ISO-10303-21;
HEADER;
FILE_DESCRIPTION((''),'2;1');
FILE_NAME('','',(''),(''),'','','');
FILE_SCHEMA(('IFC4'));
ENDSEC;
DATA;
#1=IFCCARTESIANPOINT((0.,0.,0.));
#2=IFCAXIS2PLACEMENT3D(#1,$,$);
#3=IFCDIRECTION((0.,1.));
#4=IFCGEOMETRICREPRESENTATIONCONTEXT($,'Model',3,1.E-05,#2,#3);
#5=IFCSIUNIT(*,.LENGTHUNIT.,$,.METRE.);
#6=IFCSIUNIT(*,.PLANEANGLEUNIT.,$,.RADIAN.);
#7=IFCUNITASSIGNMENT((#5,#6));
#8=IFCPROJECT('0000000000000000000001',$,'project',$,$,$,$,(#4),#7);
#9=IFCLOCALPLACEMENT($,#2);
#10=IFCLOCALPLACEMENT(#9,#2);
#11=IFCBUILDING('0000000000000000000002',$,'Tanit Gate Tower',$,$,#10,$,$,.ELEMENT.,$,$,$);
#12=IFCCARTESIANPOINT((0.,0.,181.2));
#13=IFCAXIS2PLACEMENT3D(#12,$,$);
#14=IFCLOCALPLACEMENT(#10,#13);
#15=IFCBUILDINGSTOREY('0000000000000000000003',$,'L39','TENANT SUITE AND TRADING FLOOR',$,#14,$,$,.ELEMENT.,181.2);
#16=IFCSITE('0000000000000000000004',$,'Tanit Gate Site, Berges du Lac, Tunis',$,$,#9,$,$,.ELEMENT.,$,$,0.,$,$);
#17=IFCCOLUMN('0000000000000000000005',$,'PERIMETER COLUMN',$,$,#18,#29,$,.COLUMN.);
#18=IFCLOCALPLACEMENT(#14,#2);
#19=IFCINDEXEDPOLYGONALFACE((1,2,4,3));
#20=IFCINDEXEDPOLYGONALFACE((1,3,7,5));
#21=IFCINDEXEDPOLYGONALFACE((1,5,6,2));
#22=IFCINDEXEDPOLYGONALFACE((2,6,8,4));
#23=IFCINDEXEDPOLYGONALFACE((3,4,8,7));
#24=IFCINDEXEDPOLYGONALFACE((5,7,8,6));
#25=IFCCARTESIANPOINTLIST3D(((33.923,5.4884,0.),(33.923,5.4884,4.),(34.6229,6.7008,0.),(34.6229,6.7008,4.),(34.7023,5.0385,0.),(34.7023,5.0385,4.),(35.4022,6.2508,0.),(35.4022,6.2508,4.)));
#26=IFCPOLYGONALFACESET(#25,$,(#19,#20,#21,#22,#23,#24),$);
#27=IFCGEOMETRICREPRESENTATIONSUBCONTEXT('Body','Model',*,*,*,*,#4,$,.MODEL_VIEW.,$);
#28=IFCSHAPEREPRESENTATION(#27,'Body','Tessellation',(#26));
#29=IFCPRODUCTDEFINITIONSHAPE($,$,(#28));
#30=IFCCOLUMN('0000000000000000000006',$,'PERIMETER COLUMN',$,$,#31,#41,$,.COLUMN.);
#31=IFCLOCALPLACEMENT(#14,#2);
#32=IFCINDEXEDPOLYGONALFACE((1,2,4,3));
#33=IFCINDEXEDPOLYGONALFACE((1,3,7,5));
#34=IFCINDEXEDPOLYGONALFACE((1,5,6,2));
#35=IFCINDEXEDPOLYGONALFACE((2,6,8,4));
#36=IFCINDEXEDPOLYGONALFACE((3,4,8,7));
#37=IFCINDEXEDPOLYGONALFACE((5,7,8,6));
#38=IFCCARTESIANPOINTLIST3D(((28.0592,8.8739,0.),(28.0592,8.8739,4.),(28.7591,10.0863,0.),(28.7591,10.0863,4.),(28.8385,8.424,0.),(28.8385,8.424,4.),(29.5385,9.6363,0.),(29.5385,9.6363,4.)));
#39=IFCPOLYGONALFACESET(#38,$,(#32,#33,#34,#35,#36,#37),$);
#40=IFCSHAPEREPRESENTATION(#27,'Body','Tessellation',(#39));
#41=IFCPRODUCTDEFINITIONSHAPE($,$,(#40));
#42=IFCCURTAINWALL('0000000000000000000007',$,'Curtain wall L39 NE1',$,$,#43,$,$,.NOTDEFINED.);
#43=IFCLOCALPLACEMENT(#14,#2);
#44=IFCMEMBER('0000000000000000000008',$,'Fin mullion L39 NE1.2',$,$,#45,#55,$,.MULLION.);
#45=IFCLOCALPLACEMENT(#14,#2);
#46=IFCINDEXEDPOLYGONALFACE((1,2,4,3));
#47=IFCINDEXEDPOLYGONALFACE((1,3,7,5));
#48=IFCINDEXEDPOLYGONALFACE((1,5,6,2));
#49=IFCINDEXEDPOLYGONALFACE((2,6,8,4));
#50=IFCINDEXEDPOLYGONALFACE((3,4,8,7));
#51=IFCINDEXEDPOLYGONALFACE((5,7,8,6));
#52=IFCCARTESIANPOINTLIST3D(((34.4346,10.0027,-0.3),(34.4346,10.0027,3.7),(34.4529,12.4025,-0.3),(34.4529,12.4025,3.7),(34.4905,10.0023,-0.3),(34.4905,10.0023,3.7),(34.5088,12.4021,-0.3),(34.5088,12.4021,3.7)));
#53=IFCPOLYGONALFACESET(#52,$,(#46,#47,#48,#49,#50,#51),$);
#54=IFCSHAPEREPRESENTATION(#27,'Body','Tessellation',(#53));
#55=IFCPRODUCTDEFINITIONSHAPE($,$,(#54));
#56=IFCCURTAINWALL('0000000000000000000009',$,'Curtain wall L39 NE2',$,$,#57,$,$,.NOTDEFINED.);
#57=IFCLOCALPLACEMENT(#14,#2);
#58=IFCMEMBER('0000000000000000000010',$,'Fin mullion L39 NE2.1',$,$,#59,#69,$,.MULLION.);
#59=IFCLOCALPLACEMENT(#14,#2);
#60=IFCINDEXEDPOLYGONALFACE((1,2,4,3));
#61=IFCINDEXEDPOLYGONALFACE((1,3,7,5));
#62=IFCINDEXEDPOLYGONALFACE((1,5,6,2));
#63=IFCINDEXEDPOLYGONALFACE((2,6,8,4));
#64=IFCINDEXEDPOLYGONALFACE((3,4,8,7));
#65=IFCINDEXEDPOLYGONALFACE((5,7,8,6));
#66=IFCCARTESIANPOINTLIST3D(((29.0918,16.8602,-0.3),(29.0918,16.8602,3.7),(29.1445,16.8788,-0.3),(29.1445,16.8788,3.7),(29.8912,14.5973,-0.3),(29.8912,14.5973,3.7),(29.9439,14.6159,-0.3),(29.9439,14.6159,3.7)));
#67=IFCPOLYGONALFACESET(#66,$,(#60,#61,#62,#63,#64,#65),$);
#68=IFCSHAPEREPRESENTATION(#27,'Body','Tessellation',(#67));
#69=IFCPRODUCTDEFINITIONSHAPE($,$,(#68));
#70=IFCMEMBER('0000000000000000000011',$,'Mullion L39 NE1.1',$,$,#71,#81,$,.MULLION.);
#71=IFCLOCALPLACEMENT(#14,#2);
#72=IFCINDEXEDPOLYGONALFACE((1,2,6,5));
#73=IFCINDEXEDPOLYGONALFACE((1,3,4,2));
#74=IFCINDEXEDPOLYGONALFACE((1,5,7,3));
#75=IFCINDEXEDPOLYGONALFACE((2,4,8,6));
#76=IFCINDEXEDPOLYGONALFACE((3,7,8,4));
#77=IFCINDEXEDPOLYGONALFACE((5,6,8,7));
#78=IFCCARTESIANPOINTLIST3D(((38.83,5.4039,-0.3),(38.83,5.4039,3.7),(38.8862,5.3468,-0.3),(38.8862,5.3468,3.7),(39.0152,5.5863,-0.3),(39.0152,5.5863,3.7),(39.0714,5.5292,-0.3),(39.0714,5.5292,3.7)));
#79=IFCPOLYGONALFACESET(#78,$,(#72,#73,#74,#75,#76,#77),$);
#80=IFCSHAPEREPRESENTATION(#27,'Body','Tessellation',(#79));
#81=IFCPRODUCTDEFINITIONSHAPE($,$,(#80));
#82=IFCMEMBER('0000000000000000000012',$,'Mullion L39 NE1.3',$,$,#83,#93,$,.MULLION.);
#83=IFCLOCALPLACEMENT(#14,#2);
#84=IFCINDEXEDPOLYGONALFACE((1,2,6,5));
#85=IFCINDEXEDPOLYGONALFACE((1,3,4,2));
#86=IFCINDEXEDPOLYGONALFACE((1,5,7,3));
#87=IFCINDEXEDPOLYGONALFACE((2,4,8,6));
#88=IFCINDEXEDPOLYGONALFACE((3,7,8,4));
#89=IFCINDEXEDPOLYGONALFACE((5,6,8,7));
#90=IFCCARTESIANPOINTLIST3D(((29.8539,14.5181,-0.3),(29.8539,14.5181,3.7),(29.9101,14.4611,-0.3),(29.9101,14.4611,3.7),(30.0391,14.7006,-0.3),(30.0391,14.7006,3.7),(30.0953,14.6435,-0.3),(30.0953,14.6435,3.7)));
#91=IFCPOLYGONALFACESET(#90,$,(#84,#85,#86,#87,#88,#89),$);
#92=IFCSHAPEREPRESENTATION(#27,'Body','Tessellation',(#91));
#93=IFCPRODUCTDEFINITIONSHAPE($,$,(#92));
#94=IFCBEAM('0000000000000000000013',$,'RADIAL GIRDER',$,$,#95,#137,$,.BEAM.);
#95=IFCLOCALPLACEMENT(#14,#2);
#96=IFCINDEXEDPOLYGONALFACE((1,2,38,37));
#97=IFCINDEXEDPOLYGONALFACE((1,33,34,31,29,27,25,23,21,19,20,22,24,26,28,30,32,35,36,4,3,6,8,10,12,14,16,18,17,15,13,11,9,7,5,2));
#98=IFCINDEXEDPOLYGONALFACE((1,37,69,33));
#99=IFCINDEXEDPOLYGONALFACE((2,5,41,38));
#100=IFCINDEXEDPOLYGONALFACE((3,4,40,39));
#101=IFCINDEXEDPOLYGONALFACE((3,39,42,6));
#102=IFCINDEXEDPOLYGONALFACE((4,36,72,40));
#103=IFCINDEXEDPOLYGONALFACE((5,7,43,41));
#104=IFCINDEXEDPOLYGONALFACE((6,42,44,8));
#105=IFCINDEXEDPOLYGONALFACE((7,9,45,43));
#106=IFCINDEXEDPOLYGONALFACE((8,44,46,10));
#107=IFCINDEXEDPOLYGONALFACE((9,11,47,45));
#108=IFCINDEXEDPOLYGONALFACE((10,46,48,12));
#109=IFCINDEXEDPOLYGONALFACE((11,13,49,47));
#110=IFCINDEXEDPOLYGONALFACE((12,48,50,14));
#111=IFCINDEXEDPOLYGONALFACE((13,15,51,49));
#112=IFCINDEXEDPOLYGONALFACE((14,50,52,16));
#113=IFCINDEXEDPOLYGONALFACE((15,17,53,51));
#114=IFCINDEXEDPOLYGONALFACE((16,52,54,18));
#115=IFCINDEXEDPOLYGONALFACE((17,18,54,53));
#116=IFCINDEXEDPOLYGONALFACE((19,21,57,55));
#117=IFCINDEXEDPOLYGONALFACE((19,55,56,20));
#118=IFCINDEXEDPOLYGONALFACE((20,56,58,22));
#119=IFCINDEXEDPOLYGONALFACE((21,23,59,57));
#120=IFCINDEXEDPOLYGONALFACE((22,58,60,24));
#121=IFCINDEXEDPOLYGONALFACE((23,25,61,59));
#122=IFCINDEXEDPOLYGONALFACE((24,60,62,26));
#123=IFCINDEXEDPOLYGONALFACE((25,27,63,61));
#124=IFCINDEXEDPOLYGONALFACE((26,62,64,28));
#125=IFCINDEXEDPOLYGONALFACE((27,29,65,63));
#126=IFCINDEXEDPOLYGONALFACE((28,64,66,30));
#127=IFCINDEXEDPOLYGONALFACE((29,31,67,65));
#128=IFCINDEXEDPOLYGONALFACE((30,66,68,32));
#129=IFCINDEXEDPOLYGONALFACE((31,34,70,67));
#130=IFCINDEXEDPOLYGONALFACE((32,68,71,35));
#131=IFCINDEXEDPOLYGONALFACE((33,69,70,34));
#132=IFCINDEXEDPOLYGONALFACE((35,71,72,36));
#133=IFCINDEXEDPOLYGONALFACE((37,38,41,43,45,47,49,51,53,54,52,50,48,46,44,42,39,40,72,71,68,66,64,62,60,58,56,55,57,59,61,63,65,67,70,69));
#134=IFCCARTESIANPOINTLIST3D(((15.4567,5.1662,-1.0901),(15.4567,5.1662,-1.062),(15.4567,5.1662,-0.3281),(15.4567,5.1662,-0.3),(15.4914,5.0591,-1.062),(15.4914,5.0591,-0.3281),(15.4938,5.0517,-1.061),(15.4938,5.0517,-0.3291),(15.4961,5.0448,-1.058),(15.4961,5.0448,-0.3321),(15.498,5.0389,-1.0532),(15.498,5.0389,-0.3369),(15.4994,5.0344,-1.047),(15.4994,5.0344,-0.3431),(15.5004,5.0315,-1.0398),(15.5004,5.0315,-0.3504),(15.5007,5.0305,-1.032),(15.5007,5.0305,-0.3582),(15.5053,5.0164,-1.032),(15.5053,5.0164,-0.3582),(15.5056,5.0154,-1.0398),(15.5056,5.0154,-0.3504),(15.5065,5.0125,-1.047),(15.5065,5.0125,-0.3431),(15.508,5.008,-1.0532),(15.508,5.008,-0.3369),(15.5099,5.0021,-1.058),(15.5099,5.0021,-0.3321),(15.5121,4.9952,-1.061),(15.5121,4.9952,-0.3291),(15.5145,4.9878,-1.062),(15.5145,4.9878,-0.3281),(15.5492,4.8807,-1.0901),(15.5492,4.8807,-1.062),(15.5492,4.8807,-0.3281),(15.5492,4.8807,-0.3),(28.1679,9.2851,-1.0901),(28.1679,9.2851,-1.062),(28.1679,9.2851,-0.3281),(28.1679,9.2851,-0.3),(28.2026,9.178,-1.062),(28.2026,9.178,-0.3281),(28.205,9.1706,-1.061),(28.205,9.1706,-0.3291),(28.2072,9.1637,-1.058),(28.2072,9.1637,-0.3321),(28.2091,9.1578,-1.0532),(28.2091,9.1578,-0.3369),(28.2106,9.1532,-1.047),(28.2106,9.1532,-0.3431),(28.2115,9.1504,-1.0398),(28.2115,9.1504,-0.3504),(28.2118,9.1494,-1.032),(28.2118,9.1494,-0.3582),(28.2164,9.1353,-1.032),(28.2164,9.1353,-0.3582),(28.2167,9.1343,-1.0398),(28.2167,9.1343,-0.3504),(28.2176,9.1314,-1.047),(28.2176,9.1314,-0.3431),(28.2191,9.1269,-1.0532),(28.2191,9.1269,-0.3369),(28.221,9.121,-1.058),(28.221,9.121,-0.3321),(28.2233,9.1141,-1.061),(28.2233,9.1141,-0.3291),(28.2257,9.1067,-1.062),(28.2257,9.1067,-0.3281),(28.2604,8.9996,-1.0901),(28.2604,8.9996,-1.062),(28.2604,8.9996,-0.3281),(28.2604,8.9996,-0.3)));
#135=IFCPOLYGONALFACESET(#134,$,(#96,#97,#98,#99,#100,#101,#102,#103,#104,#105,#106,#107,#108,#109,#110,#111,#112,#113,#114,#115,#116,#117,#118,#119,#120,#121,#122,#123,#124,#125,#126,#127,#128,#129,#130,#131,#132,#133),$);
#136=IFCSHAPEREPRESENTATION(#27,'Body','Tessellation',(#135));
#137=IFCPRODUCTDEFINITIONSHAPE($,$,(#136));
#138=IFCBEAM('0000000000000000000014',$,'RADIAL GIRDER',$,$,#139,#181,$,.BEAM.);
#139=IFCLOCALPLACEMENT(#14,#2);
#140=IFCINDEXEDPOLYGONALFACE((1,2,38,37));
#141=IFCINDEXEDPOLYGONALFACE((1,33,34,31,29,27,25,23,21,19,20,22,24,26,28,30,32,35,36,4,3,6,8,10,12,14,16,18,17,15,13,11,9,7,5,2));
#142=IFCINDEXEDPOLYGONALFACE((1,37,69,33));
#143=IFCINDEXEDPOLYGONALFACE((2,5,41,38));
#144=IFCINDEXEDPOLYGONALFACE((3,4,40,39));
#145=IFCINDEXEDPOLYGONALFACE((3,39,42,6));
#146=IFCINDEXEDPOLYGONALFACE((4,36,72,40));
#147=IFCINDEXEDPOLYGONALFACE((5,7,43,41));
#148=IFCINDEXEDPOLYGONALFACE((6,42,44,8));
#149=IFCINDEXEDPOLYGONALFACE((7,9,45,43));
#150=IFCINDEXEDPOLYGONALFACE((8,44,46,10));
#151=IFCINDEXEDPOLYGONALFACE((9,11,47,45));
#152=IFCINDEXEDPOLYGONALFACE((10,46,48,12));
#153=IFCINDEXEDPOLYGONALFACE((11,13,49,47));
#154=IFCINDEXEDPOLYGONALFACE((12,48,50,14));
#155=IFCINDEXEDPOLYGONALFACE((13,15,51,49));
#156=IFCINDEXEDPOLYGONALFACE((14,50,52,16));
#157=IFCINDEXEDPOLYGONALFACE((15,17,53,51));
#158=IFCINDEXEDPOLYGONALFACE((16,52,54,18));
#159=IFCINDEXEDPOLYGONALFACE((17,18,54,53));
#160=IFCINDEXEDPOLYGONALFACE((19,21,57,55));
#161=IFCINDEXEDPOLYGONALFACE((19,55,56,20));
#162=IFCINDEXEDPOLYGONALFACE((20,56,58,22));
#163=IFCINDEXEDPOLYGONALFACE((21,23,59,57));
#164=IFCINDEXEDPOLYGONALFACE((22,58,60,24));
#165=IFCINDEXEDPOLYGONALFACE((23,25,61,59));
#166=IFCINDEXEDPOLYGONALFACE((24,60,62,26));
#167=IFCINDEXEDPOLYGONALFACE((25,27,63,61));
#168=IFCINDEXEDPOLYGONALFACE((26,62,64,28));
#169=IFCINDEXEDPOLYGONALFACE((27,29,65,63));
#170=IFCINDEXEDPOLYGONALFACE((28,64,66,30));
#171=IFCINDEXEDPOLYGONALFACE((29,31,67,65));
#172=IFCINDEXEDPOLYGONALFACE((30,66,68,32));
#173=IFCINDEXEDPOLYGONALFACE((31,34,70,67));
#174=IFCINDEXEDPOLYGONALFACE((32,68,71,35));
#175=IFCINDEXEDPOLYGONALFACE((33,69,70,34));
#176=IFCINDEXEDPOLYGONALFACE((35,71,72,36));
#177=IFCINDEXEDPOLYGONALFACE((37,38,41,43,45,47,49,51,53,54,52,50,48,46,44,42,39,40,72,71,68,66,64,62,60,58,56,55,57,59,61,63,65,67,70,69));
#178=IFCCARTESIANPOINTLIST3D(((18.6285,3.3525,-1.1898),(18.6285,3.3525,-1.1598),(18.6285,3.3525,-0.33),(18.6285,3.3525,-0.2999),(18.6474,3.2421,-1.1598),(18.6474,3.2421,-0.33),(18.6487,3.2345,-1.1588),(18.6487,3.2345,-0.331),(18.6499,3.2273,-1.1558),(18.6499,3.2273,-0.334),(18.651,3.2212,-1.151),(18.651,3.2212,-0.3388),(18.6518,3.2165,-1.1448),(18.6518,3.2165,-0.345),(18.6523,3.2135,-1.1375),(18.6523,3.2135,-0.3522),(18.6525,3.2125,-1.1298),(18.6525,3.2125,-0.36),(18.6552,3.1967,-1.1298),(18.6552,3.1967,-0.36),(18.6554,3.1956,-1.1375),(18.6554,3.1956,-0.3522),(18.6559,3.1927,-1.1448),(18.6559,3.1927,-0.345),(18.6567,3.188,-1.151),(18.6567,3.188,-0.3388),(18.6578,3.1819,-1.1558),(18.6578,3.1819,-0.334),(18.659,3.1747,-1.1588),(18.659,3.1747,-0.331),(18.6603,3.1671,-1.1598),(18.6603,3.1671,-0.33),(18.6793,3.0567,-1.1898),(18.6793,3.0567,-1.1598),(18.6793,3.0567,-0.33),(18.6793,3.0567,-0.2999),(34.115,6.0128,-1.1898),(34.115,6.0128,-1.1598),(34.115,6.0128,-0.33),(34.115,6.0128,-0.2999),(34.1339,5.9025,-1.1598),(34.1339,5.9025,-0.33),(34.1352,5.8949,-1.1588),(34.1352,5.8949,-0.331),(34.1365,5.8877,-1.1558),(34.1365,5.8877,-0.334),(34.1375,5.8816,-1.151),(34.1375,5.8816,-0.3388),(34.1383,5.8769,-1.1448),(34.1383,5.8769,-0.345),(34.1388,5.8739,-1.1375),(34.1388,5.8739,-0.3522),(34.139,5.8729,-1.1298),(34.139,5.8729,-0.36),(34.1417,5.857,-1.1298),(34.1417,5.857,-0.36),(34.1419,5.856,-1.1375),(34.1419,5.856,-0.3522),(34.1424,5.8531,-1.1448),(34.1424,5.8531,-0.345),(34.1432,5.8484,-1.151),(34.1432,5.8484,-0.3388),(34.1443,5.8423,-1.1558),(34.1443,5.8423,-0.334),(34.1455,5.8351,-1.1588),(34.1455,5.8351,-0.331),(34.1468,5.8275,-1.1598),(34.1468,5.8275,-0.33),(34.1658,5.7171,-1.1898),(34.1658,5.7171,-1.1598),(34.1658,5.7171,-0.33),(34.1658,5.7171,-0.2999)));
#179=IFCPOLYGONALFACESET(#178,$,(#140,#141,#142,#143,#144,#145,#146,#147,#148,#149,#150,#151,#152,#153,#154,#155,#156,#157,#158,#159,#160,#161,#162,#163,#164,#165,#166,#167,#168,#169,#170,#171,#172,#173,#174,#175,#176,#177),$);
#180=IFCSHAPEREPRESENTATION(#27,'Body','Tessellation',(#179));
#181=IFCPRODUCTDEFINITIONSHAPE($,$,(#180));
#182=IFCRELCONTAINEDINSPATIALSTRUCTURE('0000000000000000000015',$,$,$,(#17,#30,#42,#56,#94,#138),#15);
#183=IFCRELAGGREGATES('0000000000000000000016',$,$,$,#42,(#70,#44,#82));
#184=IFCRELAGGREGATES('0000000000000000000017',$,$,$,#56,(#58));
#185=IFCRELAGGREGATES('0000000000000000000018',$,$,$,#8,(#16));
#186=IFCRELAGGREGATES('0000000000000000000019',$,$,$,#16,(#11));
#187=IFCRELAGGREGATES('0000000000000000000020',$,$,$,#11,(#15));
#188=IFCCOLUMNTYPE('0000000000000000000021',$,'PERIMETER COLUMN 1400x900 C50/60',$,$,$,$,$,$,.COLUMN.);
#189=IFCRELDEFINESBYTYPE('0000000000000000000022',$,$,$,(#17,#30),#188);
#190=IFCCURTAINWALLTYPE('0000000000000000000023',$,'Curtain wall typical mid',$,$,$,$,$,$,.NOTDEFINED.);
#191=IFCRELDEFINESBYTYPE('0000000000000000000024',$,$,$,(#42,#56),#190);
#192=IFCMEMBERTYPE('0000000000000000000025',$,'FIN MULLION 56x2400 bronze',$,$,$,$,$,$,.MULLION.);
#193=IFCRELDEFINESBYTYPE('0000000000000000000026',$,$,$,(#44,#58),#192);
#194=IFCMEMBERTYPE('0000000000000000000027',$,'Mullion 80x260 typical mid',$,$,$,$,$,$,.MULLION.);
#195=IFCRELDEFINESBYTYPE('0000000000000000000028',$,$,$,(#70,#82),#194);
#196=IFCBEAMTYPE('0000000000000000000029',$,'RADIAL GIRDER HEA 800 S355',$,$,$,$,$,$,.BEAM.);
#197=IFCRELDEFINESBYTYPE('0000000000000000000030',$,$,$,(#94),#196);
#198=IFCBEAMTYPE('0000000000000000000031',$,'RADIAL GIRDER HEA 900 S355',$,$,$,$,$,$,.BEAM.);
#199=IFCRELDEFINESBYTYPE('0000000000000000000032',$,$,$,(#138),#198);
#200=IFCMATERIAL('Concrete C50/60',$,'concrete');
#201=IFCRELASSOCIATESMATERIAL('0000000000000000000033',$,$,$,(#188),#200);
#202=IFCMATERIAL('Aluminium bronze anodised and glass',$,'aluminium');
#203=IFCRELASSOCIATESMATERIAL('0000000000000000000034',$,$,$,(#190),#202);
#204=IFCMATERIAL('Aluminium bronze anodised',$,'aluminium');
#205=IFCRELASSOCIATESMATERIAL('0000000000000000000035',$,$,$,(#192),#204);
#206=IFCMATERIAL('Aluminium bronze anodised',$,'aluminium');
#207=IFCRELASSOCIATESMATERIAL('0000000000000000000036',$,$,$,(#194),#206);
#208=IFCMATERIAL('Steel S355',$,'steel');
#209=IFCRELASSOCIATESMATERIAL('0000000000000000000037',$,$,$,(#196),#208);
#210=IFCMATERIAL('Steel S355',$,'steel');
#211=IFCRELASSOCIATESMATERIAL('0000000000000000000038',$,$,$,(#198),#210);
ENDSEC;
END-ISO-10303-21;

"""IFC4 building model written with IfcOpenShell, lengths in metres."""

from ifc_helpers import new_model, si_unit, direction, frame, origin, origin_2d, place, context, subcontext, project, spatial, rectangle, i_section, extrude, material, material_profile, profile_set, type_object, element, aggregate, save


model = new_model("IFC4")

# Units and contexts
model_context = context("Model", 3, precision=1e-05, world=origin(), true_north=direction((0.0, 1.0)))
body_context = subcontext(model_context, "Body", "Model", "MODEL_VIEW")
ifc_project = project(units=[si_unit("LENGTHUNIT", "METRE"), si_unit("PLANEANGLEUNIT", "RADIAN")], contexts=[model_context])

# Site, building, storey
site_placement = place(None, origin())
site = spatial("IfcSite", under=ifc_project, at=site_placement, Name="Tanit Gate Site, Berges du Lac, Tunis", CompositionType="ELEMENT", RefElevation=0.0)
building_placement = place(site_placement, origin())
building = spatial("IfcBuilding", under=site, at=building_placement, Name="Tanit Gate Tower", CompositionType="ELEMENT")
storey_placement = place(building_placement, frame((0.0, 0.0, 181.2)))
storey = spatial("IfcBuildingStorey", under=building, at=storey_placement, Name="L39", Description="TENANT SUITE AND TRADING FLOOR", CompositionType="ELEMENT", Elevation=181.2)

# Columns
ifc_material_1 = material(Name="Concrete C50/60", Category="concrete")
ifc_material_profile_1 = material_profile(ifc_material_1, rectangle(XDim=1.3999, YDim=0.8999, at=origin_2d()), Name="RC 1400x900")
ifc_profile_set_1 = profile_set([ifc_material_profile_1], Name="Concrete C50/60")
column_type = type_object("IfcColumnType", Name="PERIMETER COLUMN 1400x900 C50/60", PredefinedType="COLUMN", material=ifc_profile_set_1)
for number, where, z_axis, x_axis, name in (
    (1, (34.6626, 5.8696, 0.0), (0.0, 0.0, 1.0), (0.5, 0.866025, 0.0), "PERIMETER COLUMN"),
    (2, (28.7988, 9.2551, 0.0), (0.0, 0.0, 1.0), (0.5, 0.866025, 0.0), "PERIMETER COLUMN"),
):
    element("IfcColumn", number, at=place(storey_placement, frame(where, z_axis=z_axis, x_axis=x_axis)), inside=storey, type_object=column_type, Name=name, PredefinedType="COLUMN", context=body_context, shape_type="SweptSolid", body=[
        extrude(rectangle(XDim=1.3999, YDim=0.8999, at=origin_2d()), origin(), (0.0, 0.0, 1.0), 4.0),
    ])

# Curtain walls, members
ifc_material_2 = material(Name="Aluminium bronze anodised and glass", Category="aluminium")
curtain_wall_type = type_object("IfcCurtainWallType", Name="Curtain wall typical mid", PredefinedType="NOTDEFINED", material=ifc_material_2)
curtain_wall_1_placement = place(storey_placement, origin())
curtain_wall_1 = element("IfcCurtainWall", 3, at=curtain_wall_1_placement, inside=storey, type_object=curtain_wall_type, Name="Curtain wall L39 NE1", PredefinedType="NOTDEFINED")
ifc_material_3 = material(Name="Aluminium bronze anodised", Category="aluminium")
ifc_material_profile_2 = material_profile(ifc_material_3, rectangle(XDim=2.3999, YDim=0.0559, at=origin_2d()), Name="56x2400 bronze fin mullion")
ifc_profile_set_2 = profile_set([ifc_material_profile_2], Name="Aluminium bronze anodised")
member_type_1 = type_object("IfcMemberType", Name="FIN MULLION 56x2400 bronze", PredefinedType="MULLION", material=ifc_profile_set_2)
member_1_placement = place(storey_placement, frame((34.4717, 11.2024, -0.3), z_axis=(0.0, 0.0, 1.0), x_axis=(-0.00764, -0.999971, 0.0)))
member_1 = element("IfcMember", 4, at=member_1_placement, type_object=member_type_1, Name="Fin mullion L39 NE1.2", PredefinedType="MULLION", context=body_context, shape_type="SweptSolid", body=[
    extrude(rectangle(XDim=2.3999, YDim=0.0559, at=origin_2d()), origin(), (0.0, 0.0, 1.0), 4.0),
])
curtain_wall_2_placement = place(storey_placement, origin())
curtain_wall_2 = element("IfcCurtainWall", 5, at=curtain_wall_2_placement, inside=storey, type_object=curtain_wall_type, Name="Curtain wall L39 NE2", PredefinedType="NOTDEFINED")
member_2_placement = place(storey_placement, frame((29.5178, 15.738, -0.3), z_axis=(0.0, 0.0, 1.0), x_axis=(0.33309, -0.942895, 0.0)))
member_2 = element("IfcMember", 6, at=member_2_placement, type_object=member_type_1, Name="Fin mullion L39 NE2.1", PredefinedType="MULLION", context=body_context, shape_type="SweptSolid", body=[
    extrude(rectangle(XDim=2.3999, YDim=0.0559, at=origin_2d()), origin(), (0.0, 0.0, 1.0), 4.0),
])

# Members
ifc_material_4 = material(Name="Aluminium bronze anodised", Category="aluminium")
ifc_material_profile_3 = material_profile(ifc_material_4, rectangle(XDim=0.26, YDim=0.0801, at=origin_2d()), Name="80x260 bronze mullion")
ifc_profile_set_3 = profile_set([ifc_material_profile_3], Name="Aluminium bronze anodised")
member_type_2 = type_object("IfcMemberType", Name="Mullion 80x260 typical mid", PredefinedType="MULLION", material=ifc_profile_set_3)
member_3_placement = place(storey_placement, frame((38.9507, 5.4666, -0.3), z_axis=(0.0, 0.0, 1.0), x_axis=(-0.712489, -0.701684, 0.0)))
member_3 = element("IfcMember", 7, at=member_3_placement, type_object=member_type_2, Name="Mullion L39 NE1.1", PredefinedType="MULLION", context=body_context, shape_type="SweptSolid", body=[
    extrude(rectangle(XDim=0.26, YDim=0.0801, at=origin_2d()), origin(), (0.0, 0.0, 1.0), 4.0),
])
member_4_placement = place(storey_placement, frame((29.9746, 14.5808, -0.3), z_axis=(0.0, 0.0, 1.0), x_axis=(-0.712489, -0.701684, 0.0)))
member_4 = element("IfcMember", 8, at=member_4_placement, type_object=member_type_2, Name="Mullion L39 NE1.3", PredefinedType="MULLION", context=body_context, shape_type="SweptSolid", body=[
    extrude(rectangle(XDim=0.26, YDim=0.0801, at=origin_2d()), origin(), (0.0, 0.0, 1.0), 4.0),
])

# Beams
ifc_material_5 = material(Name="Steel S355", Category="steel")
ifc_material_profile_4 = material_profile(ifc_material_5, i_section(OverallWidth=0.3, OverallDepth=0.79, WebThickness=0.0149, FlangeThickness=0.0281, FilletRadius=0.03, at=origin_2d()), Name="HEA 800")
ifc_profile_set_4 = profile_set([ifc_material_profile_4], Name="Steel S355")
beam_type_1 = type_object("IfcBeamType", Name="RADIAL GIRDER HEA 800 S355", PredefinedType="BEAM", material=ifc_profile_set_4)
beam_1_placement = place(storey_placement, frame((28.2141, 9.1423, -0.6951), z_axis=(-0.951303, -0.308258, 0.0), x_axis=(0.308258, -0.951303, 0.0)))
element("IfcBeam", 9, at=beam_1_placement, inside=storey, type_object=beam_type_1, Name="RADIAL GIRDER", PredefinedType="BEAM", context=body_context, shape_type="SweptSolid", body=[
    extrude(i_section(OverallWidth=0.3, OverallDepth=0.79, WebThickness=0.0149, FlangeThickness=0.0281, FilletRadius=0.03, at=origin_2d()), origin(), (0.0, 0.0, 1.0), 13.3618),
])
ifc_material_6 = material(Name="Steel S355", Category="steel")
ifc_material_profile_5 = material_profile(ifc_material_6, i_section(OverallWidth=0.3, OverallDepth=0.8899, WebThickness=0.0161, FlangeThickness=0.03, FilletRadius=0.03, at=origin_2d()), Name="HEA 900")
ifc_profile_set_5 = profile_set([ifc_material_profile_5], Name="Steel S355")
beam_type_2 = type_object("IfcBeamType", Name="RADIAL GIRDER HEA 900 S355", PredefinedType="BEAM", material=ifc_profile_set_5)
beam_2_placement = place(storey_placement, frame((34.1404, 5.865, -0.7449), z_axis=(-0.985563, -0.169308, 0.0), x_axis=(0.169308, -0.985563, 0.0)))
element("IfcBeam", 10, at=beam_2_placement, inside=storey, type_object=beam_type_2, Name="RADIAL GIRDER", PredefinedType="BEAM", context=body_context, shape_type="SweptSolid", body=[
    extrude(i_section(OverallWidth=0.3, OverallDepth=0.8899, WebThickness=0.0161, FlangeThickness=0.03, FilletRadius=0.03, at=origin_2d()), origin(), (0.0, 0.0, 1.0), 15.7134),
])

aggregate(curtain_wall_1, [member_3, member_1, member_4])
aggregate(curtain_wall_2, [member_2])

save(model, "model.ifc")
